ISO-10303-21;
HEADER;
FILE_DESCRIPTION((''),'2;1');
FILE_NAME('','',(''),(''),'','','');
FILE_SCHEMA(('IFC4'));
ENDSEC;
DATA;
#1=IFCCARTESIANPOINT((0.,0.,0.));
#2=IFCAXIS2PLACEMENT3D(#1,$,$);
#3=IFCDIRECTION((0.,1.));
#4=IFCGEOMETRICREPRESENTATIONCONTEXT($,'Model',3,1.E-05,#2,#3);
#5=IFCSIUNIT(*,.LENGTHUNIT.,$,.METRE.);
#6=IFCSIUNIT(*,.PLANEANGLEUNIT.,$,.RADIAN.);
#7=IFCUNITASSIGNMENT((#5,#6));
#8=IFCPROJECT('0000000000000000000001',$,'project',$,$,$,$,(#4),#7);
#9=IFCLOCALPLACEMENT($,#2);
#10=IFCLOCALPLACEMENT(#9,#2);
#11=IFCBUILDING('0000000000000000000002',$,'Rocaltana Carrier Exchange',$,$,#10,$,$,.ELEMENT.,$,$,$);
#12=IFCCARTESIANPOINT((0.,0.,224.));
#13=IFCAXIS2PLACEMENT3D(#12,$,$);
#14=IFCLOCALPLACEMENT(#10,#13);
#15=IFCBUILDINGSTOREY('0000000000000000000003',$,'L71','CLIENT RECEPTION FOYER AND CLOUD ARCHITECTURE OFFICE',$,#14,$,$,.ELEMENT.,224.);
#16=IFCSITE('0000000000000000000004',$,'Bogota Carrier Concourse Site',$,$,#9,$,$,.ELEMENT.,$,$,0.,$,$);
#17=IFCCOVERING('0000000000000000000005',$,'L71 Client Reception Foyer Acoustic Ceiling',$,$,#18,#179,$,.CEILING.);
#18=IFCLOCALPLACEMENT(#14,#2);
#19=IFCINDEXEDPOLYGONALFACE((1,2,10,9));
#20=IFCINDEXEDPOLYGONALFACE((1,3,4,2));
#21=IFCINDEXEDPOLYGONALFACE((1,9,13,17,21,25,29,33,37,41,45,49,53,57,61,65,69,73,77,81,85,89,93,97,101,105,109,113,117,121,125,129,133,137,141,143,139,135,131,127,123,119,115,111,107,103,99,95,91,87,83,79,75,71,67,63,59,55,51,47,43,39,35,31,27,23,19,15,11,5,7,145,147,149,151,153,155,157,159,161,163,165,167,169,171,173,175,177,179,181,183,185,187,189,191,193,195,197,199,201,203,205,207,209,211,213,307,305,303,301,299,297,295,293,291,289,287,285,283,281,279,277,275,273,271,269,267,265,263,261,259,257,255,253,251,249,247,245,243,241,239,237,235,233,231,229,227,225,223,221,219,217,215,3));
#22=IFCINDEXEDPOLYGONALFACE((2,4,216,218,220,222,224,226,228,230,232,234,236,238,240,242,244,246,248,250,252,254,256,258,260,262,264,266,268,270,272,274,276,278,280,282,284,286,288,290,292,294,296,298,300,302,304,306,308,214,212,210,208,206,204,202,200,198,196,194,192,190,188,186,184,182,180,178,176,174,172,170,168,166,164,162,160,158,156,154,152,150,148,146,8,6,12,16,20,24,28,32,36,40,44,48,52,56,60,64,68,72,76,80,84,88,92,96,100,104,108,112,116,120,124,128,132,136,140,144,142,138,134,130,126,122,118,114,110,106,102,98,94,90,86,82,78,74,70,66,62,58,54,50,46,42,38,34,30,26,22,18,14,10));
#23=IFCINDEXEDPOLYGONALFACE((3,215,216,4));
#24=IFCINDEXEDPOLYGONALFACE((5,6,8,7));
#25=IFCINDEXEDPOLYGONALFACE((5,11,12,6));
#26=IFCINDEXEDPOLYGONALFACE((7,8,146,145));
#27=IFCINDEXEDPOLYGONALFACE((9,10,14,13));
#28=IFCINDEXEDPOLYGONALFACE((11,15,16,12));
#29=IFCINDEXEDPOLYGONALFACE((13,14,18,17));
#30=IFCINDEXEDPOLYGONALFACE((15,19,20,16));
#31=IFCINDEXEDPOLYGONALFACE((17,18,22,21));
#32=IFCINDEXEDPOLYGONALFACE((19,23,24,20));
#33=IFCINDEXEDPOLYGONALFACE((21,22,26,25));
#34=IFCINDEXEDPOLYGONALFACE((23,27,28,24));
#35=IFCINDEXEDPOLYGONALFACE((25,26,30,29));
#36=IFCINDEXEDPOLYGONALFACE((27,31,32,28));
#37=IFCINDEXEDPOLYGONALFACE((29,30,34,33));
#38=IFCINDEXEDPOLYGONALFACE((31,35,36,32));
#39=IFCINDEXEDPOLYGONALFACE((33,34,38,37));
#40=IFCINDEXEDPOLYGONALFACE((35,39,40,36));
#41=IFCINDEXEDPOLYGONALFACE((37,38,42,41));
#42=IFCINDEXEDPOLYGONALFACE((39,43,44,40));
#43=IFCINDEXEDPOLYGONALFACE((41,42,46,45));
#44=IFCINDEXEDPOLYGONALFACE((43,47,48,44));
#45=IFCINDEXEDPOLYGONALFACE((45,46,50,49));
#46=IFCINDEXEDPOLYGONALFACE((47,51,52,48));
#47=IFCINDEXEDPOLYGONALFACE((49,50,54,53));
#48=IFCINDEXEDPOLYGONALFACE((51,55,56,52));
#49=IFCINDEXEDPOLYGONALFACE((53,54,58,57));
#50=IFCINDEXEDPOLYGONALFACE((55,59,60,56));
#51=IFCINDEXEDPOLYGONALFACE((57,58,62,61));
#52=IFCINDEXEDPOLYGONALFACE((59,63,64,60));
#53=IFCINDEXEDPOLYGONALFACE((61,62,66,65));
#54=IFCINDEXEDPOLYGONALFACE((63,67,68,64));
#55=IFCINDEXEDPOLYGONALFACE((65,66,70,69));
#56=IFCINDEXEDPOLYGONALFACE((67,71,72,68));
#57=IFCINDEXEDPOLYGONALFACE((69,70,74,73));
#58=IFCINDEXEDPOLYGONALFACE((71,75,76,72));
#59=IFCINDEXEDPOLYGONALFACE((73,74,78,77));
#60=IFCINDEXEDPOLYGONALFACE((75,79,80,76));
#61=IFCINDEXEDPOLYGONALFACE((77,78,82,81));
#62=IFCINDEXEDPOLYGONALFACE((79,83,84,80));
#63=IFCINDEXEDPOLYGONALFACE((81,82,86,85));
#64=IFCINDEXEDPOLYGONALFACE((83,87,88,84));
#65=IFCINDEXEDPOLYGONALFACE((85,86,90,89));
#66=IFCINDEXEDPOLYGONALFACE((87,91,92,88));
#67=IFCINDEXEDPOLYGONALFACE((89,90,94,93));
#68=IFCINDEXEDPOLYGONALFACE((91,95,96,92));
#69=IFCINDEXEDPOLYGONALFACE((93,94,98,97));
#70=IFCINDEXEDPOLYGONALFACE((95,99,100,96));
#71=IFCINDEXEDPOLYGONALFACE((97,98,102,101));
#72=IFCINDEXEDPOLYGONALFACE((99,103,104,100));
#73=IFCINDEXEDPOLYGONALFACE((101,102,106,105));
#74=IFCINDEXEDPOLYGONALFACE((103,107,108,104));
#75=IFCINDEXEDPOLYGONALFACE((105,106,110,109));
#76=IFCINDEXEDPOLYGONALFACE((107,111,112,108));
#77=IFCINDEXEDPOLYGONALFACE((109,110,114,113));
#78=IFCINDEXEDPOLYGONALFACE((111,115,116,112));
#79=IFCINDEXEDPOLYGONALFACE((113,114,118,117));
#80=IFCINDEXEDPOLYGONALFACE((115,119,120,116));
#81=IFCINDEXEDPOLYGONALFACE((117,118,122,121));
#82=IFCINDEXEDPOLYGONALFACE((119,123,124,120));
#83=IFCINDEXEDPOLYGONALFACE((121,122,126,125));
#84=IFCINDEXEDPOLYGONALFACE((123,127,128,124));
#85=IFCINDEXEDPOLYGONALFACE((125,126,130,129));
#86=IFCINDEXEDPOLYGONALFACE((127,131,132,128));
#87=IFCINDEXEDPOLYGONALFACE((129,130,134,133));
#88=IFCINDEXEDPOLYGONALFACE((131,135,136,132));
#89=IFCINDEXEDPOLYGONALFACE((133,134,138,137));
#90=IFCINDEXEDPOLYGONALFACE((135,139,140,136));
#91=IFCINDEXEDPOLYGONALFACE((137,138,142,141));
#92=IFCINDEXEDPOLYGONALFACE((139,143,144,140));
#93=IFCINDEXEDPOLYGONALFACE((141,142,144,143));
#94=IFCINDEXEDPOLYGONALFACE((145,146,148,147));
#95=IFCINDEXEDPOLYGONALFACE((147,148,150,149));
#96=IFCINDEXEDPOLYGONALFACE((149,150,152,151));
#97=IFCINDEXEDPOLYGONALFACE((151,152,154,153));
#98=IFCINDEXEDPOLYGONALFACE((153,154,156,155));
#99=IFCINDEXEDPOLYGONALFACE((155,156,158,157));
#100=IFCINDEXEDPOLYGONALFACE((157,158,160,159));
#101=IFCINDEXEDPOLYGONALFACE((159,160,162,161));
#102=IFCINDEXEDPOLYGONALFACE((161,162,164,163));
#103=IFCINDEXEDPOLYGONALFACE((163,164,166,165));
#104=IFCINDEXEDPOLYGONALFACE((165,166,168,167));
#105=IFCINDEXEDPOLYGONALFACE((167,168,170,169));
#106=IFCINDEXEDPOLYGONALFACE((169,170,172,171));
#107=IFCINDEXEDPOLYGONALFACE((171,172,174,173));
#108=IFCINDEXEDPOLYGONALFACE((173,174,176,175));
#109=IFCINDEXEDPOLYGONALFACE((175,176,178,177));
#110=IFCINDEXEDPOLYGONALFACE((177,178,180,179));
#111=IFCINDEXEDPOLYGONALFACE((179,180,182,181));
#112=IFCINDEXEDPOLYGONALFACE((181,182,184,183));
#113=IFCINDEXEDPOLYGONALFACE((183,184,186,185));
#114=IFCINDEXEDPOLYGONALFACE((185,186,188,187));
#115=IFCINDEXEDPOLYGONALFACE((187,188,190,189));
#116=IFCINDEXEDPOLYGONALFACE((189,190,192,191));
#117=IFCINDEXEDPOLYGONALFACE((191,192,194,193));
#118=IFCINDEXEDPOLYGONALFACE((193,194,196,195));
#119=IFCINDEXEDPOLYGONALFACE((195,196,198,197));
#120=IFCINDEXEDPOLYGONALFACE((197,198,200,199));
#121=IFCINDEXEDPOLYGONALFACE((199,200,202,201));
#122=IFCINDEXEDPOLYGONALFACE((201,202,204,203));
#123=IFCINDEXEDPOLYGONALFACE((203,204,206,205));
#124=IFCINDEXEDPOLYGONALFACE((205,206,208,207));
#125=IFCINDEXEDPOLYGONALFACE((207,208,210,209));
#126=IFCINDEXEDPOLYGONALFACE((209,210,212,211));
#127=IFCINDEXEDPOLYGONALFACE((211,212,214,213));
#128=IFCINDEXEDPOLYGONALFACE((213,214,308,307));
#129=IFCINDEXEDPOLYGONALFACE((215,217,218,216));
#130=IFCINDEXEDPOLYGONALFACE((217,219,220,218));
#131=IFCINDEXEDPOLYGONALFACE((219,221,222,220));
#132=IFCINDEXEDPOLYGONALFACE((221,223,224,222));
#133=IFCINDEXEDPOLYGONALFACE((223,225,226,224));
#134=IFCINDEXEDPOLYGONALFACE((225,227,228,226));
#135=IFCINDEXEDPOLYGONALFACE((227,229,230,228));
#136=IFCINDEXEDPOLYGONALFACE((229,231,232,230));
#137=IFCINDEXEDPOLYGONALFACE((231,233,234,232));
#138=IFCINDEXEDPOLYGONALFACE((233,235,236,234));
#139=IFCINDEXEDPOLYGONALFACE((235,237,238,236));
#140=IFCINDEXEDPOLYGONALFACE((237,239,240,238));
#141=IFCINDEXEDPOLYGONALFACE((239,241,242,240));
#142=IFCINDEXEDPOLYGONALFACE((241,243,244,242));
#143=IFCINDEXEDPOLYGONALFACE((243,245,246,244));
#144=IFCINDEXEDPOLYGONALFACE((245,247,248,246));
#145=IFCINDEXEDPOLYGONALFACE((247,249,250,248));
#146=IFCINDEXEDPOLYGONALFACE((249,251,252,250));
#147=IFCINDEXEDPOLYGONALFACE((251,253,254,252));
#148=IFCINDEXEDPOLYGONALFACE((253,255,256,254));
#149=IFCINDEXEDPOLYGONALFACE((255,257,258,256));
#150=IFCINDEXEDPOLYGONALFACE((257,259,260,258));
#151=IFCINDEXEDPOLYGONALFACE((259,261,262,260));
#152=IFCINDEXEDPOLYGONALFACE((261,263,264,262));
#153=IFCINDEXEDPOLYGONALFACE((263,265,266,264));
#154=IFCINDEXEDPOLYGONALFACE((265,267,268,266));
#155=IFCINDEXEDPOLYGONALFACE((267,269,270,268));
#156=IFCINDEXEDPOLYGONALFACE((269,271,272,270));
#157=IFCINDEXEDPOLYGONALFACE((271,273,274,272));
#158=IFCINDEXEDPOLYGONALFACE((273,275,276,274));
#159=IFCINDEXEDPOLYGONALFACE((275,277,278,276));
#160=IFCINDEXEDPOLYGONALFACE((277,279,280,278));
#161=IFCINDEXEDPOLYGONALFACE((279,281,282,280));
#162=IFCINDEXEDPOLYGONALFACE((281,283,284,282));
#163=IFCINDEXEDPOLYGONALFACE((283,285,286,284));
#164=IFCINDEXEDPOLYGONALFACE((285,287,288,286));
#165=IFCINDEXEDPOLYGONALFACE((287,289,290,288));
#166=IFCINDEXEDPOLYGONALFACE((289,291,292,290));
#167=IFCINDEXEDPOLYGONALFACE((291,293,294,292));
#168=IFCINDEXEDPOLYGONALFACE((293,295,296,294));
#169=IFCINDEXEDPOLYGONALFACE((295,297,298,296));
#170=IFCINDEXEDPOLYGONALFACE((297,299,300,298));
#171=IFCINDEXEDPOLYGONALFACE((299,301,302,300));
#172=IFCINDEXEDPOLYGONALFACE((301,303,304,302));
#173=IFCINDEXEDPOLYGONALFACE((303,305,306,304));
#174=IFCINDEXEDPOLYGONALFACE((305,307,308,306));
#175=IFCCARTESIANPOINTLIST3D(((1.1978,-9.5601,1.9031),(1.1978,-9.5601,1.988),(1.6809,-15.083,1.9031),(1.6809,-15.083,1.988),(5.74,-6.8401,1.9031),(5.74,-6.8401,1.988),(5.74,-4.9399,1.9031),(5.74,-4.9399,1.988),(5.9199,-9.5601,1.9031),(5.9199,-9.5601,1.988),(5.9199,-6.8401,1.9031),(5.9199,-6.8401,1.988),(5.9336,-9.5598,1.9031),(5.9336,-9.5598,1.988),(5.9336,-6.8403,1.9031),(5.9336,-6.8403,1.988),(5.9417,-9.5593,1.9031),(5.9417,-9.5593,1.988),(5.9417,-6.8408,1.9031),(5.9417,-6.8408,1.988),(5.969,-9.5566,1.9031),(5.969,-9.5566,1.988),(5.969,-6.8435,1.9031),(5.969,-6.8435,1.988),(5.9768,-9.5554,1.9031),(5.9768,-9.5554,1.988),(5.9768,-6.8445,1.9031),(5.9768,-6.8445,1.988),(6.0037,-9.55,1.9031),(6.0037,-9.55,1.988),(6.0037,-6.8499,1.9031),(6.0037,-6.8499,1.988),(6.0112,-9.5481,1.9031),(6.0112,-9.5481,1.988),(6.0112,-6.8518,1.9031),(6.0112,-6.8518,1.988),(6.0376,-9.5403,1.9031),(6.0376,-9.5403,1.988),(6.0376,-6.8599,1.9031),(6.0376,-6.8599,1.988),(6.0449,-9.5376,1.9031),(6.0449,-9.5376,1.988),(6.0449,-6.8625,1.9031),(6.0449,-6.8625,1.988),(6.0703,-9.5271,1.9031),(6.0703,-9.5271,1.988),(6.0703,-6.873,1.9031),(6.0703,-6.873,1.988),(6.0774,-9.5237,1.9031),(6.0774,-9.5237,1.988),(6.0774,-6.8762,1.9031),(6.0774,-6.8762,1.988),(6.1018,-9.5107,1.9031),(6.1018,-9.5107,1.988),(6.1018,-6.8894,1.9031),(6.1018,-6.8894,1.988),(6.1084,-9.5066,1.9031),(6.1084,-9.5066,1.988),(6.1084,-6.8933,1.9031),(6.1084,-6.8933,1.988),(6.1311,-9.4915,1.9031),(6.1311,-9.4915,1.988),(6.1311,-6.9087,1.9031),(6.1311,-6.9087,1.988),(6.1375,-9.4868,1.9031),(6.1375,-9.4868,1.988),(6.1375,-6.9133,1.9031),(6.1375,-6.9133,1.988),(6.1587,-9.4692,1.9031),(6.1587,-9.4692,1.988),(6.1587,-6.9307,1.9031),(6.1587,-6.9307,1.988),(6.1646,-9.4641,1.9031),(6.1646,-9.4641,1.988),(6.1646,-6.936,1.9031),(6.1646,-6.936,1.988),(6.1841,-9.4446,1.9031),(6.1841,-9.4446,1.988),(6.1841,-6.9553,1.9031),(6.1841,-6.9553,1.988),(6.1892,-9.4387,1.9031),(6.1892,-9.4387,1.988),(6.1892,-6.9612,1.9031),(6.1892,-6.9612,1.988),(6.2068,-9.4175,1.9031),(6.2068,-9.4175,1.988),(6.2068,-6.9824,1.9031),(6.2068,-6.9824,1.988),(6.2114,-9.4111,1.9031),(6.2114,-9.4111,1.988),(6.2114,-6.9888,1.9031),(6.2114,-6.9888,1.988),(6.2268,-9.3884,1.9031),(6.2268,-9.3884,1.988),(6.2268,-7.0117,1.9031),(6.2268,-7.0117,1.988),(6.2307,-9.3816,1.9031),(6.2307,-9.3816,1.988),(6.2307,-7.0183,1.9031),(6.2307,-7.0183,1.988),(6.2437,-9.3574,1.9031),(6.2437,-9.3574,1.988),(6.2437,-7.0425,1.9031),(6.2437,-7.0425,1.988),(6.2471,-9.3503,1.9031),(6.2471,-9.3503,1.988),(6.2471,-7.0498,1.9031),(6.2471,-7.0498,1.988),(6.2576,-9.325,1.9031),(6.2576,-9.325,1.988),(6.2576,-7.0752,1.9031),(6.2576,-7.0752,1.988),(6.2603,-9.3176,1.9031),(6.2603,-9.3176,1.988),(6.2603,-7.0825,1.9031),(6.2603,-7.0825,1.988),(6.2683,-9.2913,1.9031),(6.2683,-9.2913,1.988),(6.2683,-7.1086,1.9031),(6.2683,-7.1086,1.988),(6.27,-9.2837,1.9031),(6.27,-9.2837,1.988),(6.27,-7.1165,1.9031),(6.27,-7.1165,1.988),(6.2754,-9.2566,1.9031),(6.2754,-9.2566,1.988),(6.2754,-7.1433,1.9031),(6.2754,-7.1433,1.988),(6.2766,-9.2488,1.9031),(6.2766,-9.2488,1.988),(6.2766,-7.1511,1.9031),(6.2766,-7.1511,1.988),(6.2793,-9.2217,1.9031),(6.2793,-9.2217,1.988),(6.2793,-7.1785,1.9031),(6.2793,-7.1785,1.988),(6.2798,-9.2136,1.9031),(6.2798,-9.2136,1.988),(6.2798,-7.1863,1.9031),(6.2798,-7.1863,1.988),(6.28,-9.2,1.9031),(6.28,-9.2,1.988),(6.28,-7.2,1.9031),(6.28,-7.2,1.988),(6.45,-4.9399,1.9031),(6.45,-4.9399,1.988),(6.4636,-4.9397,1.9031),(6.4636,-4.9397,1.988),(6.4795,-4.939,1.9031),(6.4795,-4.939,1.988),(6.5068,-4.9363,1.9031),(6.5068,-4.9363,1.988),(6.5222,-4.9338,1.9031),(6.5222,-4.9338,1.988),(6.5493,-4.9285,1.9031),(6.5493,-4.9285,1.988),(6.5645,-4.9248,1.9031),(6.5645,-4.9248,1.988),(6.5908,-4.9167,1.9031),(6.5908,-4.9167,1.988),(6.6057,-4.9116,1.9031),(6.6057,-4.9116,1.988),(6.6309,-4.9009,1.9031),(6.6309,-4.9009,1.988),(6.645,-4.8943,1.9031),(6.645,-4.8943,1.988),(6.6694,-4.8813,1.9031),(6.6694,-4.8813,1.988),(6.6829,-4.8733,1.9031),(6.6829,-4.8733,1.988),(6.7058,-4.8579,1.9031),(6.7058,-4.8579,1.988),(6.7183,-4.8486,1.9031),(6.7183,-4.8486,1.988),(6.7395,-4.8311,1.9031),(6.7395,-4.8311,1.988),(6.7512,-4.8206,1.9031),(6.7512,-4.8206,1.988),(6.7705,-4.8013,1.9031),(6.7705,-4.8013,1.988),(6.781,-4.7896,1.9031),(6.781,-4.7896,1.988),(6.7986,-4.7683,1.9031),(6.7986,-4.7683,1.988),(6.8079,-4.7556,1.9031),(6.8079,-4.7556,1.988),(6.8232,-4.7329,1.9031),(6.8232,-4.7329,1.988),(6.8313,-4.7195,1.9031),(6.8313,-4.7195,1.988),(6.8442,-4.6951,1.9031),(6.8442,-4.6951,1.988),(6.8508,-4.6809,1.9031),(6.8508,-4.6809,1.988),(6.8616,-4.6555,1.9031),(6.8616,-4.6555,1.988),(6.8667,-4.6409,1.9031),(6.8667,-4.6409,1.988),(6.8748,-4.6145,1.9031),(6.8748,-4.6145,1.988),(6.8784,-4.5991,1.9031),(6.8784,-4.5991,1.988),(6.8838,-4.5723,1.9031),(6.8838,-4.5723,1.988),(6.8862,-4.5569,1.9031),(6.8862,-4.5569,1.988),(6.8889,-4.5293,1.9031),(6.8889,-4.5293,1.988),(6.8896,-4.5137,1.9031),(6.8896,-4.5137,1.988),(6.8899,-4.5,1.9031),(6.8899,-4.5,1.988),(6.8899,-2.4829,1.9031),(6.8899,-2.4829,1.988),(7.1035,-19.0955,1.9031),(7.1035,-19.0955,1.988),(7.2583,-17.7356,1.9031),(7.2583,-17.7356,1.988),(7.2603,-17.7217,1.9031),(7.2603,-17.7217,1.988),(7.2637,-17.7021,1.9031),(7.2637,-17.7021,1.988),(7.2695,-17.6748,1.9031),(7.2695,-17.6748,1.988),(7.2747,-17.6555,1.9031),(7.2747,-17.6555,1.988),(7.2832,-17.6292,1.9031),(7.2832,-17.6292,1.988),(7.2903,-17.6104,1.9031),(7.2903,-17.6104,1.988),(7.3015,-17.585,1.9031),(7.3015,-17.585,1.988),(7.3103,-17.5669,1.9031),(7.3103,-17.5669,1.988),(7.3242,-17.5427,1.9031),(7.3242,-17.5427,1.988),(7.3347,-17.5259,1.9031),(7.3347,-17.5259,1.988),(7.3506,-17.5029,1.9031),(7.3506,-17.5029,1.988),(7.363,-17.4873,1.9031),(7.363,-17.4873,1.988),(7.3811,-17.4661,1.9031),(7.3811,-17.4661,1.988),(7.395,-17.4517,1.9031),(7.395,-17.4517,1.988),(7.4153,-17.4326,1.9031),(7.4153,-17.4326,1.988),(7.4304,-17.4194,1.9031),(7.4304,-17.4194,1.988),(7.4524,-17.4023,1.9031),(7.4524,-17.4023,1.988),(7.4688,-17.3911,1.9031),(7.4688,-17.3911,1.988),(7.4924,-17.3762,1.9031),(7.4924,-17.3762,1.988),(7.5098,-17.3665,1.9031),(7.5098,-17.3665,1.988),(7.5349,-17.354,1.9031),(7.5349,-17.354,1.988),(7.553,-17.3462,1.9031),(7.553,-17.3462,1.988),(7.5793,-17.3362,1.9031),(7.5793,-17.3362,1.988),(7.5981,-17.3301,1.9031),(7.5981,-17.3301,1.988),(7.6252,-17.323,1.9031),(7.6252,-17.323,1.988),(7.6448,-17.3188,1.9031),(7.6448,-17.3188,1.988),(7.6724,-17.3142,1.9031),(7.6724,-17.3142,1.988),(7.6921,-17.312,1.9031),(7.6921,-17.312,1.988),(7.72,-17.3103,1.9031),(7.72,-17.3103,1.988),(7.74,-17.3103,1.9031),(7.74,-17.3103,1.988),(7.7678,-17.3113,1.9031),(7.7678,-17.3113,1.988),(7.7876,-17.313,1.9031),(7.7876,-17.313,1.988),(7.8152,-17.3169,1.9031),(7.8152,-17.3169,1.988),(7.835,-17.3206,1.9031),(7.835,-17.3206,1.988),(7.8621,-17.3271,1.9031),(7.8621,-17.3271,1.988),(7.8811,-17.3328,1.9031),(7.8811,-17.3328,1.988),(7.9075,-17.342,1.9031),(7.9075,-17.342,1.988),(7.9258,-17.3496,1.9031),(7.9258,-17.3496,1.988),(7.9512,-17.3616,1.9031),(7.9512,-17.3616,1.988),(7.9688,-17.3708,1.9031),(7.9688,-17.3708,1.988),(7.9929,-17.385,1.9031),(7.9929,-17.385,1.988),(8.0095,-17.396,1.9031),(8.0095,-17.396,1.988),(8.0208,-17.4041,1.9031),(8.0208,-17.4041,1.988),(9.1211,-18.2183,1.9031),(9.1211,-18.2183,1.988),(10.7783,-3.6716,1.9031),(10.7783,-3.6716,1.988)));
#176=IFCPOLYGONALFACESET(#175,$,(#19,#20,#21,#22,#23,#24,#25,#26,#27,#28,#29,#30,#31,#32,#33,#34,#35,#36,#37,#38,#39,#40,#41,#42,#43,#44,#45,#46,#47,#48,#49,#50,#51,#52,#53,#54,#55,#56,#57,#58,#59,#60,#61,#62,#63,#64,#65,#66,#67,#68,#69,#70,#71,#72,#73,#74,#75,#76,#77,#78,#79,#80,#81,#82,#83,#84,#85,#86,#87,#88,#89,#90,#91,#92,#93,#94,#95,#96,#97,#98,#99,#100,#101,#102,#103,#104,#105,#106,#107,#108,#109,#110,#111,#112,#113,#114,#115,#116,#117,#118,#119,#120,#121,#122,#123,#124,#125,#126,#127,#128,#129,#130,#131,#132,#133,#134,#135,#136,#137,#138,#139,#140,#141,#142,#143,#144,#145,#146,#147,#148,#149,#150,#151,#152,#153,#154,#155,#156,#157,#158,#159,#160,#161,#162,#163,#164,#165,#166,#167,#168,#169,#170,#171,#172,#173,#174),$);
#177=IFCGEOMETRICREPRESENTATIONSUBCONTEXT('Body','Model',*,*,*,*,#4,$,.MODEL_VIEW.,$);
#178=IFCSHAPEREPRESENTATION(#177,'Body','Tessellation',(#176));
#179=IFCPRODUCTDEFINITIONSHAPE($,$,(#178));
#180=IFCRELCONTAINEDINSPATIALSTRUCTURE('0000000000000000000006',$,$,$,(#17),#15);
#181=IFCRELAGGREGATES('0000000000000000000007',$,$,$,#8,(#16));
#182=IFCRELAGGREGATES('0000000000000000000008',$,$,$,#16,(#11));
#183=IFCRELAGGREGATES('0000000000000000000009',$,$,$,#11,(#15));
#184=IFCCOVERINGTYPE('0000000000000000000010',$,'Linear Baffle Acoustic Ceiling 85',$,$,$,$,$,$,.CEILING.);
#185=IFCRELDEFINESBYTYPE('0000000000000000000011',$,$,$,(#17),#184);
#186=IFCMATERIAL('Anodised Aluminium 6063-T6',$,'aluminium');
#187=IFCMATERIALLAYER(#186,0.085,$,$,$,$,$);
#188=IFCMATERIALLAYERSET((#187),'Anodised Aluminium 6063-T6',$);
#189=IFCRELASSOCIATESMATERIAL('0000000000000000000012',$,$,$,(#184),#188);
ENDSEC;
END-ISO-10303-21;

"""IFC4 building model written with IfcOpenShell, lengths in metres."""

from ifc_helpers import new_model, si_unit, direction, frame, origin, place, context, subcontext, project, spatial, polyline, outline, extrude, material, layer, layer_set, type_object, element, save


model = new_model("IFC4")

# Units and contexts
model_context = context("Model", 3, precision=1e-05, world=origin(), true_north=direction((0.0, 1.0)))
body_context = subcontext(model_context, "Body", "Model", "MODEL_VIEW")
ifc_project = project(units=[si_unit("LENGTHUNIT", "METRE"), si_unit("PLANEANGLEUNIT", "RADIAN")], contexts=[model_context])

# Site, building, storey
site_placement = place(None, origin())
site = spatial("IfcSite", under=ifc_project, at=site_placement, Name="Bogota Carrier Concourse Site", CompositionType="ELEMENT", RefElevation=0.0)
building_placement = place(site_placement, origin())
building = spatial("IfcBuilding", under=site, at=building_placement, Name="Rocaltana Carrier Exchange", CompositionType="ELEMENT")
storey_placement = place(building_placement, frame((0.0, 0.0, 224.0)))
storey = spatial("IfcBuildingStorey", under=building, at=storey_placement, Name="L71", Description="CLIENT RECEPTION FOYER AND CLOUD ARCHITECTURE OFFICE", CompositionType="ELEMENT", Elevation=224.0)

# Covering
ifc_material_1 = material(Name="Anodised Aluminium 6063-T6", Category="aluminium")
ifc_layer_1 = layer(ifc_material_1, 0.085)
ifc_layer_set_1 = layer_set([ifc_layer_1], Name="Anodised Aluminium 6063-T6")
covering_type_1 = type_object("IfcCoveringType", Name="Linear Baffle Acoustic Ceiling 85", PredefinedType="CEILING", material=ifc_layer_set_1)
covering_1_placement = place(storey_placement, frame((0.0, 0.0, 1.9031)))
element("IfcCovering", 1, at=covering_1_placement, inside=storey, type_object=covering_type_1, Name="L71 Client Reception Foyer Acoustic Ceiling", PredefinedType="CEILING", context=body_context, shape_type="SweptSolid", body=[
    extrude(outline(polyline([(5.74, -6.8401), (5.74, -4.9399), (6.45, -4.9399), (6.4636, -4.9397), (6.4795, -4.939), (6.5068, -4.9363), (6.5222, -4.9338), (6.5493, -4.9285), (6.5645, -4.9248), (6.5908, -4.9167), (6.6057, -4.9116), (6.6309, -4.9009), (6.645, -4.8943), (6.6694, -4.8813), (6.6829, -4.8733), (6.7058, -4.8579), (6.7183, -4.8486), (6.7395, -4.8311), (6.7512, -4.8206), (6.7705, -4.8013), (6.781, -4.7896), (6.7986, -4.7683), (6.8079, -4.7556), (6.8232, -4.7329), (6.8313, -4.7195), (6.8442, -4.6951), (6.8508, -4.6809), (6.8616, -4.6555), (6.8667, -4.6409), (6.8748, -4.6145), (6.8784, -4.5991), (6.8838, -4.5723), (6.8862, -4.5569), (6.8889, -4.5293), (6.8896, -4.5137), (6.8899, -4.5), (6.8899, -2.4829), (10.7783, -3.6716), (9.1211, -18.2183), (8.0208, -17.4041), (8.0095, -17.396), (7.9929, -17.385), (7.9688, -17.3708), (7.9512, -17.3616), (7.9258, -17.3496), (7.9075, -17.342), (7.8811, -17.3328), (7.8621, -17.3271), (7.835, -17.3206), (7.8152, -17.3169), (7.7876, -17.313), (7.7678, -17.3113), (7.74, -17.3103), (7.72, -17.3103), (7.6921, -17.312), (7.6724, -17.3142), (7.6448, -17.3188), (7.6252, -17.323), (7.5981, -17.3301), (7.5793, -17.3362), (7.553, -17.3462), (7.5349, -17.354), (7.5098, -17.3665), (7.4924, -17.3762), (7.4688, -17.3911), (7.4524, -17.4023), (7.4304, -17.4194), (7.4153, -17.4326), (7.395, -17.4517), (7.3811, -17.4661), (7.363, -17.4873), (7.3506, -17.5029), (7.3347, -17.5259), (7.3242, -17.5427), (7.3103, -17.5669), (7.3015, -17.585), (7.2903, -17.6104), (7.2832, -17.6292), (7.2747, -17.6555), (7.2695, -17.6748), (7.2637, -17.7021), (7.2603, -17.7217), (7.2583, -17.7356), (7.1035, -19.0955), (1.6809, -15.083), (1.1978, -9.5601), (5.9199, -9.5601), (5.9336, -9.5598), (5.9417, -9.5593), (5.969, -9.5566), (5.9768, -9.5554), (6.0037, -9.55), (6.0112, -9.5481), (6.0376, -9.5403), (6.0449, -9.5376), (6.0703, -9.5271), (6.0774, -9.5237), (6.1018, -9.5107), (6.1084, -9.5066), (6.1311, -9.4915), (6.1375, -9.4868), (6.1587, -9.4692), (6.1646, -9.4641), (6.1841, -9.4446), (6.1892, -9.4387), (6.2068, -9.4175), (6.2114, -9.4111), (6.2268, -9.3884), (6.2307, -9.3816), (6.2437, -9.3574), (6.2471, -9.3503), (6.2576, -9.325), (6.2603, -9.3176), (6.2683, -9.2913), (6.27, -9.2837), (6.2754, -9.2566), (6.2766, -9.2488), (6.2793, -9.2217), (6.2798, -9.2136), (6.28, -9.2), (6.28, -7.2), (6.2798, -7.1863), (6.2793, -7.1785), (6.2766, -7.1511), (6.2754, -7.1433), (6.27, -7.1165), (6.2683, -7.1086), (6.2603, -7.0825), (6.2576, -7.0752), (6.2471, -7.0498), (6.2437, -7.0425), (6.2307, -7.0183), (6.2268, -7.0117), (6.2114, -6.9888), (6.2068, -6.9824), (6.1892, -6.9612), (6.1841, -6.9553), (6.1646, -6.936), (6.1587, -6.9307), (6.1375, -6.9133), (6.1311, -6.9087), (6.1084, -6.8933), (6.1018, -6.8894), (6.0774, -6.8762), (6.0703, -6.873), (6.0449, -6.8625), (6.0376, -6.8599), (6.0112, -6.8518), (6.0037, -6.8499), (5.9768, -6.8445), (5.969, -6.8435), (5.9417, -6.8408), (5.9336, -6.8403), (5.9199, -6.8401), (5.74, -6.8401)])), origin(), (0.0, 0.0, 1.0), 0.085),
])

save(model, "model.ifc")
